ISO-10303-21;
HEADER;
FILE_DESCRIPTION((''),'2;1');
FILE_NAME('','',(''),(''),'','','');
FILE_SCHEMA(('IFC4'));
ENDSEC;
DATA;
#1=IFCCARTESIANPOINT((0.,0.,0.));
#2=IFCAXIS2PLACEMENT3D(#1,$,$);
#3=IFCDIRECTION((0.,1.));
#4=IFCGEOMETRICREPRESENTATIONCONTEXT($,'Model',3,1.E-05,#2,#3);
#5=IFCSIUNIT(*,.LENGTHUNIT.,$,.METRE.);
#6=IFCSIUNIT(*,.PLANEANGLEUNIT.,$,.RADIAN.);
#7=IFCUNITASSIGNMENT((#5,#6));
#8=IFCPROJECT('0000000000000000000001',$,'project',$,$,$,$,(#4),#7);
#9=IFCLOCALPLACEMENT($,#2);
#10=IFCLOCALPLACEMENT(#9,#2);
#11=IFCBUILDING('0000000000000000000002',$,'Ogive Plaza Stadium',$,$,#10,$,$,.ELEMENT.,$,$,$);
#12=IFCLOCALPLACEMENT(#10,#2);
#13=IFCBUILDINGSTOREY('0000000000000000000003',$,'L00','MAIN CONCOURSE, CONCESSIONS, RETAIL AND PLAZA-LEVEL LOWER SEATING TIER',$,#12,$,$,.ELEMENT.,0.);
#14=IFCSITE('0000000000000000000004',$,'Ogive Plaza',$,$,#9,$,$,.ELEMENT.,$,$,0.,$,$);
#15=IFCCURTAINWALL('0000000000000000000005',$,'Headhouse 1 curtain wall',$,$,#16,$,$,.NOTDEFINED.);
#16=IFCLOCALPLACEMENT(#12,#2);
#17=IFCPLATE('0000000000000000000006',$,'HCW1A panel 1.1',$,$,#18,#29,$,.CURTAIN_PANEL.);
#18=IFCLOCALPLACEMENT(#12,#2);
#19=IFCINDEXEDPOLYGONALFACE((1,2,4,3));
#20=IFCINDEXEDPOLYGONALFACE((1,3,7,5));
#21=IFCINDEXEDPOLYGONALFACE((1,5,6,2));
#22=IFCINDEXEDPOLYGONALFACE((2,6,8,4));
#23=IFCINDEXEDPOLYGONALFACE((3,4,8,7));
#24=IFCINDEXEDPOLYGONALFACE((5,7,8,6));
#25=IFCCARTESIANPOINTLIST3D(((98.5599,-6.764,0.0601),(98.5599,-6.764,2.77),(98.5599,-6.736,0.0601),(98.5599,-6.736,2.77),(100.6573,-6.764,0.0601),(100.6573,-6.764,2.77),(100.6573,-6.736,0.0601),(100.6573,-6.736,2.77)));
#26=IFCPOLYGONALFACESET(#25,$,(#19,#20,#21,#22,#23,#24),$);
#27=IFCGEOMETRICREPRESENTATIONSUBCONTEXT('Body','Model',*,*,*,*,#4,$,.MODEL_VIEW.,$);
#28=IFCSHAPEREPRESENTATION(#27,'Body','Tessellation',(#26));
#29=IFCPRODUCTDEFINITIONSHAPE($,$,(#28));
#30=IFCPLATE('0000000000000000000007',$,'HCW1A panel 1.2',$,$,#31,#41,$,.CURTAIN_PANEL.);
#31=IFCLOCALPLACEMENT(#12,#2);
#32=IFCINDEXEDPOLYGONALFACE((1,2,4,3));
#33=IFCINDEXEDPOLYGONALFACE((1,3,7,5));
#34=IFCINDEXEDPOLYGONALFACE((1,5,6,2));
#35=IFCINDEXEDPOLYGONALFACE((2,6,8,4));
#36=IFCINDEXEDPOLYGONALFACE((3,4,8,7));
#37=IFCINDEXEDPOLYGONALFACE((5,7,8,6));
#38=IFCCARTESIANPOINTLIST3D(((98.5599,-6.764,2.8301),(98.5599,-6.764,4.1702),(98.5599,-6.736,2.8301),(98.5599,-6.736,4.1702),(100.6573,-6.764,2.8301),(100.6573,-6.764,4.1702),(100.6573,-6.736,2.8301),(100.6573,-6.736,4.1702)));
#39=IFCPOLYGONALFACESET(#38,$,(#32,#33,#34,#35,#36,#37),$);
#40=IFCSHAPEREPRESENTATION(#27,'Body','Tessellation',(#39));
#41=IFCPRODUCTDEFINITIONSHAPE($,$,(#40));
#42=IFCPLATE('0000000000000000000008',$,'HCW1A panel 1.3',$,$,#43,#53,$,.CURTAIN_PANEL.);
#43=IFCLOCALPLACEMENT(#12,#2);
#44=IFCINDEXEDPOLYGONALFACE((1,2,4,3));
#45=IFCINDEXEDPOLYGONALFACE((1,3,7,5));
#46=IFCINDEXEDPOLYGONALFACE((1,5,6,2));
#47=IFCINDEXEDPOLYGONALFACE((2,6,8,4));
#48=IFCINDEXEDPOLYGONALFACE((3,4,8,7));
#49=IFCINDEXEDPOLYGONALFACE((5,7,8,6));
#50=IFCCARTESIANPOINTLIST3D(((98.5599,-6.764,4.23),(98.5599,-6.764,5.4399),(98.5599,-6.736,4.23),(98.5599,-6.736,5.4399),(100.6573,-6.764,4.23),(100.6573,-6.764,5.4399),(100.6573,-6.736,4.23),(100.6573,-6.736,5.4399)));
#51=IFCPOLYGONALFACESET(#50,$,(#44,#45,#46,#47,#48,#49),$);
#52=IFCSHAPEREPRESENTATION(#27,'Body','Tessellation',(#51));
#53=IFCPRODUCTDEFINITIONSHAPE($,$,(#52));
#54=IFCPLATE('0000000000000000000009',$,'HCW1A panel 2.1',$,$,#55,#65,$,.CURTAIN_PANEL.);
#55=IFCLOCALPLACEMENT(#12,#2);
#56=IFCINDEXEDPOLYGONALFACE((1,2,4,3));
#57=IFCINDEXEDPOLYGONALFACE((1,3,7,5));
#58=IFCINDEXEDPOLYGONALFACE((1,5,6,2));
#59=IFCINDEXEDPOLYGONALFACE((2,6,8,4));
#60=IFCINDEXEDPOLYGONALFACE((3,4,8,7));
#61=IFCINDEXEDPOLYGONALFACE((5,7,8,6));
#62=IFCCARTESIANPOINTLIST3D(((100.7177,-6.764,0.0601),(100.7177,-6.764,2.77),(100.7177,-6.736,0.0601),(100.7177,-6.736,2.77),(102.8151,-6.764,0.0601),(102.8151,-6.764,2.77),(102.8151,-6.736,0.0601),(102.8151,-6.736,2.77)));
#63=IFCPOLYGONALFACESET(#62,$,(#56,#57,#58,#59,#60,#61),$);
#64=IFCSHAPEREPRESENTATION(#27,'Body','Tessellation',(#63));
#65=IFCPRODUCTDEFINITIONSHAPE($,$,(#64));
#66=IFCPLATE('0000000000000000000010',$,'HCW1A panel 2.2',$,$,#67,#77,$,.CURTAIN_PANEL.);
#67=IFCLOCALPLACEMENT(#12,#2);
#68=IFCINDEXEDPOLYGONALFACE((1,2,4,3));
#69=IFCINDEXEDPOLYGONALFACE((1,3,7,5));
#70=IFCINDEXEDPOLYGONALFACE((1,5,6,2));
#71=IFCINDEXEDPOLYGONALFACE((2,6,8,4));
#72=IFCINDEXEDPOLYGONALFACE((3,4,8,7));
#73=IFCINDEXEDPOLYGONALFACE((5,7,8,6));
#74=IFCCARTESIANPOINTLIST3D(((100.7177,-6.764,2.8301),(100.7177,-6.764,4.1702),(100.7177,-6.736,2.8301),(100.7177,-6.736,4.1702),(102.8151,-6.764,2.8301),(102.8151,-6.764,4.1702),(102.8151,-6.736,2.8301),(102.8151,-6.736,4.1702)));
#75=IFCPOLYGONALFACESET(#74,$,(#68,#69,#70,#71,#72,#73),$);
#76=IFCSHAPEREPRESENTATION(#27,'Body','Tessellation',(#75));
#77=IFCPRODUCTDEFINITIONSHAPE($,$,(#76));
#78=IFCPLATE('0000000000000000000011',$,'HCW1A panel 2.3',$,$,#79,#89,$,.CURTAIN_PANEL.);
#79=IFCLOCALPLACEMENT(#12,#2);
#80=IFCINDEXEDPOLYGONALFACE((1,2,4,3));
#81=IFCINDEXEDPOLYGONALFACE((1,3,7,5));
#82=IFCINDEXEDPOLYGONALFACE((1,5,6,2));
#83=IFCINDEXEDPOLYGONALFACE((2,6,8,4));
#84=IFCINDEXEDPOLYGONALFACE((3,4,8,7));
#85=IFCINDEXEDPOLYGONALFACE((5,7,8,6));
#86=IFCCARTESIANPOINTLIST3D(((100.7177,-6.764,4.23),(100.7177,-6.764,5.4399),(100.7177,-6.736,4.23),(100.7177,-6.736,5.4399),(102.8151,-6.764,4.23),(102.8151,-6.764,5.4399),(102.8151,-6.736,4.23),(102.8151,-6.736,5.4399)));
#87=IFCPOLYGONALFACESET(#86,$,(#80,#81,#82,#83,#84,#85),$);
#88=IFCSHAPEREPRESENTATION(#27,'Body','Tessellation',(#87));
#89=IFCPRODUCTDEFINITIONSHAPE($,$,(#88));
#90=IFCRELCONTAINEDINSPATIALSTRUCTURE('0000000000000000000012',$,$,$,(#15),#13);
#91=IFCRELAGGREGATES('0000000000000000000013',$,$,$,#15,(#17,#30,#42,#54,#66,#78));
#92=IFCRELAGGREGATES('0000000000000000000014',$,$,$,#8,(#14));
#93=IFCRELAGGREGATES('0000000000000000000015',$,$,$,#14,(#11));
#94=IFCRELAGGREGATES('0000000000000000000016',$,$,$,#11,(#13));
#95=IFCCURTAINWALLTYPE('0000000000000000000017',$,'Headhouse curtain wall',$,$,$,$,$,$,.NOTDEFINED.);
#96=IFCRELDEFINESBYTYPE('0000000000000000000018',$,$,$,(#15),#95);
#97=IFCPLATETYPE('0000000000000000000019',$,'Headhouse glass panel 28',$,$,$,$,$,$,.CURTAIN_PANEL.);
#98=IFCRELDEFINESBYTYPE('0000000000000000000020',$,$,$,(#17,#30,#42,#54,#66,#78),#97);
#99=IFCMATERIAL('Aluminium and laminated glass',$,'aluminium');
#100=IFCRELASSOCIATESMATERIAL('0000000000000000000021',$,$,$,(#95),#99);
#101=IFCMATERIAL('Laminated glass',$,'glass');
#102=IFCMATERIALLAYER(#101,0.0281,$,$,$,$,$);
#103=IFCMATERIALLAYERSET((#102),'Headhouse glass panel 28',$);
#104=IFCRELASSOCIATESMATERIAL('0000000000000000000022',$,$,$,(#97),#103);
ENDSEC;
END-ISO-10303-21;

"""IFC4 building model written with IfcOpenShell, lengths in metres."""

from ifc_helpers import new_model, si_unit, direction, frame, origin, origin_2d, place, context, subcontext, project, spatial, rectangle, extrude, material, layer, layer_set, type_object, element, aggregate, save


model = new_model("IFC4")

# Units and contexts
model_context = context("Model", 3, precision=1e-05, world=origin(), true_north=direction((0.0, 1.0)))
body_context = subcontext(model_context, "Body", "Model", "MODEL_VIEW")
ifc_project = project(units=[si_unit("LENGTHUNIT", "METRE"), si_unit("PLANEANGLEUNIT", "RADIAN")], contexts=[model_context])

# Site, building, storey
site_placement = place(None, origin())
site = spatial("IfcSite", under=ifc_project, at=site_placement, Name="Ogive Plaza", CompositionType="ELEMENT", RefElevation=0.0)
building_placement = place(site_placement, origin())
building = spatial("IfcBuilding", under=site, at=building_placement, Name="Ogive Plaza Stadium", CompositionType="ELEMENT")
storey_placement = place(building_placement, origin())
storey = spatial("IfcBuildingStorey", under=building, at=storey_placement, Name="L00", Description="MAIN CONCOURSE, CONCESSIONS, RETAIL AND PLAZA-LEVEL LOWER SEATING TIER", CompositionType="ELEMENT", Elevation=0.0)

# Curtain wall
ifc_material_1 = material(Name="Aluminium and laminated glass", Category="aluminium")
curtain_wall_type = type_object("IfcCurtainWallType", Name="Headhouse curtain wall", PredefinedType="NOTDEFINED", material=ifc_material_1)
curtain_wall_1_placement = place(storey_placement, origin())
curtain_wall_1 = element("IfcCurtainWall", 1, at=curtain_wall_1_placement, inside=storey, type_object=curtain_wall_type, Name="Headhouse 1 curtain wall", PredefinedType="NOTDEFINED")

# Plates
ifc_material_2 = material(Name="Laminated glass", Category="glass")
ifc_layer = layer(ifc_material_2, 0.0281)
ifc_layer_set = layer_set([ifc_layer], Name="Headhouse glass panel 28")
plate_type = type_object("IfcPlateType", Name="Headhouse glass panel 28", PredefinedType="CURTAIN_PANEL", material=ifc_layer_set)
plate_1_placement = place(storey_placement, frame((99.6086, -6.75, 0.0601), z_axis=(0.0, 0.0, 1.0), x_axis=(1.0, 0.0, 0.0)))
plate_1 = element("IfcPlate", 2, at=plate_1_placement, type_object=plate_type, Name="HCW1A panel 1.1", PredefinedType="CURTAIN_PANEL", context=body_context, shape_type="SweptSolid", body=[
    extrude(rectangle(XDim=2.0974, YDim=0.0281, at=origin_2d()), origin(), (0.0, 0.0, 1.0), 2.71),
])
plate_2_placement = place(storey_placement, frame((99.6086, -6.75, 2.8301), z_axis=(0.0, 0.0, 1.0), x_axis=(1.0, 0.0, 0.0)))
plate_2 = element("IfcPlate", 3, at=plate_2_placement, type_object=plate_type, Name="HCW1A panel 1.2", PredefinedType="CURTAIN_PANEL", context=body_context, shape_type="SweptSolid", body=[
    extrude(rectangle(XDim=2.0974, YDim=0.0281, at=origin_2d()), origin(), (0.0, 0.0, 1.0), 1.3401),
])
plate_3_placement = place(storey_placement, frame((99.6086, -6.75, 4.23), z_axis=(0.0, 0.0, 1.0), x_axis=(1.0, 0.0, 0.0)))
plate_3 = element("IfcPlate", 4, at=plate_3_placement, type_object=plate_type, Name="HCW1A panel 1.3", PredefinedType="CURTAIN_PANEL", context=body_context, shape_type="SweptSolid", body=[
    extrude(rectangle(XDim=2.0974, YDim=0.0281, at=origin_2d()), origin(), (0.0, 0.0, 1.0), 1.21),
])
plate_4_placement = place(storey_placement, frame((101.7664, -6.75, 0.0601), z_axis=(0.0, 0.0, 1.0), x_axis=(1.0, 0.0, 0.0)))
plate_4 = element("IfcPlate", 5, at=plate_4_placement, type_object=plate_type, Name="HCW1A panel 2.1", PredefinedType="CURTAIN_PANEL", context=body_context, shape_type="SweptSolid", body=[
    extrude(rectangle(XDim=2.0974, YDim=0.0281, at=origin_2d()), origin(), (0.0, 0.0, 1.0), 2.71),
])
plate_5_placement = place(storey_placement, frame((101.7664, -6.75, 2.8301), z_axis=(0.0, 0.0, 1.0), x_axis=(1.0, 0.0, 0.0)))
plate_5 = element("IfcPlate", 6, at=plate_5_placement, type_object=plate_type, Name="HCW1A panel 2.2", PredefinedType="CURTAIN_PANEL", context=body_context, shape_type="SweptSolid", body=[
    extrude(rectangle(XDim=2.0974, YDim=0.0281, at=origin_2d()), origin(), (0.0, 0.0, 1.0), 1.3401),
])
plate_6_placement = place(storey_placement, frame((101.7664, -6.75, 4.23), z_axis=(0.0, 0.0, 1.0), x_axis=(1.0, 0.0, 0.0)))
plate_6 = element("IfcPlate", 7, at=plate_6_placement, type_object=plate_type, Name="HCW1A panel 2.3", PredefinedType="CURTAIN_PANEL", context=body_context, shape_type="SweptSolid", body=[
    extrude(rectangle(XDim=2.0974, YDim=0.0281, at=origin_2d()), origin(), (0.0, 0.0, 1.0), 1.21),
])
aggregate(curtain_wall_1, [plate_1, plate_2, plate_3, plate_4, plate_5, plate_6])

save(model, "model.ifc")
